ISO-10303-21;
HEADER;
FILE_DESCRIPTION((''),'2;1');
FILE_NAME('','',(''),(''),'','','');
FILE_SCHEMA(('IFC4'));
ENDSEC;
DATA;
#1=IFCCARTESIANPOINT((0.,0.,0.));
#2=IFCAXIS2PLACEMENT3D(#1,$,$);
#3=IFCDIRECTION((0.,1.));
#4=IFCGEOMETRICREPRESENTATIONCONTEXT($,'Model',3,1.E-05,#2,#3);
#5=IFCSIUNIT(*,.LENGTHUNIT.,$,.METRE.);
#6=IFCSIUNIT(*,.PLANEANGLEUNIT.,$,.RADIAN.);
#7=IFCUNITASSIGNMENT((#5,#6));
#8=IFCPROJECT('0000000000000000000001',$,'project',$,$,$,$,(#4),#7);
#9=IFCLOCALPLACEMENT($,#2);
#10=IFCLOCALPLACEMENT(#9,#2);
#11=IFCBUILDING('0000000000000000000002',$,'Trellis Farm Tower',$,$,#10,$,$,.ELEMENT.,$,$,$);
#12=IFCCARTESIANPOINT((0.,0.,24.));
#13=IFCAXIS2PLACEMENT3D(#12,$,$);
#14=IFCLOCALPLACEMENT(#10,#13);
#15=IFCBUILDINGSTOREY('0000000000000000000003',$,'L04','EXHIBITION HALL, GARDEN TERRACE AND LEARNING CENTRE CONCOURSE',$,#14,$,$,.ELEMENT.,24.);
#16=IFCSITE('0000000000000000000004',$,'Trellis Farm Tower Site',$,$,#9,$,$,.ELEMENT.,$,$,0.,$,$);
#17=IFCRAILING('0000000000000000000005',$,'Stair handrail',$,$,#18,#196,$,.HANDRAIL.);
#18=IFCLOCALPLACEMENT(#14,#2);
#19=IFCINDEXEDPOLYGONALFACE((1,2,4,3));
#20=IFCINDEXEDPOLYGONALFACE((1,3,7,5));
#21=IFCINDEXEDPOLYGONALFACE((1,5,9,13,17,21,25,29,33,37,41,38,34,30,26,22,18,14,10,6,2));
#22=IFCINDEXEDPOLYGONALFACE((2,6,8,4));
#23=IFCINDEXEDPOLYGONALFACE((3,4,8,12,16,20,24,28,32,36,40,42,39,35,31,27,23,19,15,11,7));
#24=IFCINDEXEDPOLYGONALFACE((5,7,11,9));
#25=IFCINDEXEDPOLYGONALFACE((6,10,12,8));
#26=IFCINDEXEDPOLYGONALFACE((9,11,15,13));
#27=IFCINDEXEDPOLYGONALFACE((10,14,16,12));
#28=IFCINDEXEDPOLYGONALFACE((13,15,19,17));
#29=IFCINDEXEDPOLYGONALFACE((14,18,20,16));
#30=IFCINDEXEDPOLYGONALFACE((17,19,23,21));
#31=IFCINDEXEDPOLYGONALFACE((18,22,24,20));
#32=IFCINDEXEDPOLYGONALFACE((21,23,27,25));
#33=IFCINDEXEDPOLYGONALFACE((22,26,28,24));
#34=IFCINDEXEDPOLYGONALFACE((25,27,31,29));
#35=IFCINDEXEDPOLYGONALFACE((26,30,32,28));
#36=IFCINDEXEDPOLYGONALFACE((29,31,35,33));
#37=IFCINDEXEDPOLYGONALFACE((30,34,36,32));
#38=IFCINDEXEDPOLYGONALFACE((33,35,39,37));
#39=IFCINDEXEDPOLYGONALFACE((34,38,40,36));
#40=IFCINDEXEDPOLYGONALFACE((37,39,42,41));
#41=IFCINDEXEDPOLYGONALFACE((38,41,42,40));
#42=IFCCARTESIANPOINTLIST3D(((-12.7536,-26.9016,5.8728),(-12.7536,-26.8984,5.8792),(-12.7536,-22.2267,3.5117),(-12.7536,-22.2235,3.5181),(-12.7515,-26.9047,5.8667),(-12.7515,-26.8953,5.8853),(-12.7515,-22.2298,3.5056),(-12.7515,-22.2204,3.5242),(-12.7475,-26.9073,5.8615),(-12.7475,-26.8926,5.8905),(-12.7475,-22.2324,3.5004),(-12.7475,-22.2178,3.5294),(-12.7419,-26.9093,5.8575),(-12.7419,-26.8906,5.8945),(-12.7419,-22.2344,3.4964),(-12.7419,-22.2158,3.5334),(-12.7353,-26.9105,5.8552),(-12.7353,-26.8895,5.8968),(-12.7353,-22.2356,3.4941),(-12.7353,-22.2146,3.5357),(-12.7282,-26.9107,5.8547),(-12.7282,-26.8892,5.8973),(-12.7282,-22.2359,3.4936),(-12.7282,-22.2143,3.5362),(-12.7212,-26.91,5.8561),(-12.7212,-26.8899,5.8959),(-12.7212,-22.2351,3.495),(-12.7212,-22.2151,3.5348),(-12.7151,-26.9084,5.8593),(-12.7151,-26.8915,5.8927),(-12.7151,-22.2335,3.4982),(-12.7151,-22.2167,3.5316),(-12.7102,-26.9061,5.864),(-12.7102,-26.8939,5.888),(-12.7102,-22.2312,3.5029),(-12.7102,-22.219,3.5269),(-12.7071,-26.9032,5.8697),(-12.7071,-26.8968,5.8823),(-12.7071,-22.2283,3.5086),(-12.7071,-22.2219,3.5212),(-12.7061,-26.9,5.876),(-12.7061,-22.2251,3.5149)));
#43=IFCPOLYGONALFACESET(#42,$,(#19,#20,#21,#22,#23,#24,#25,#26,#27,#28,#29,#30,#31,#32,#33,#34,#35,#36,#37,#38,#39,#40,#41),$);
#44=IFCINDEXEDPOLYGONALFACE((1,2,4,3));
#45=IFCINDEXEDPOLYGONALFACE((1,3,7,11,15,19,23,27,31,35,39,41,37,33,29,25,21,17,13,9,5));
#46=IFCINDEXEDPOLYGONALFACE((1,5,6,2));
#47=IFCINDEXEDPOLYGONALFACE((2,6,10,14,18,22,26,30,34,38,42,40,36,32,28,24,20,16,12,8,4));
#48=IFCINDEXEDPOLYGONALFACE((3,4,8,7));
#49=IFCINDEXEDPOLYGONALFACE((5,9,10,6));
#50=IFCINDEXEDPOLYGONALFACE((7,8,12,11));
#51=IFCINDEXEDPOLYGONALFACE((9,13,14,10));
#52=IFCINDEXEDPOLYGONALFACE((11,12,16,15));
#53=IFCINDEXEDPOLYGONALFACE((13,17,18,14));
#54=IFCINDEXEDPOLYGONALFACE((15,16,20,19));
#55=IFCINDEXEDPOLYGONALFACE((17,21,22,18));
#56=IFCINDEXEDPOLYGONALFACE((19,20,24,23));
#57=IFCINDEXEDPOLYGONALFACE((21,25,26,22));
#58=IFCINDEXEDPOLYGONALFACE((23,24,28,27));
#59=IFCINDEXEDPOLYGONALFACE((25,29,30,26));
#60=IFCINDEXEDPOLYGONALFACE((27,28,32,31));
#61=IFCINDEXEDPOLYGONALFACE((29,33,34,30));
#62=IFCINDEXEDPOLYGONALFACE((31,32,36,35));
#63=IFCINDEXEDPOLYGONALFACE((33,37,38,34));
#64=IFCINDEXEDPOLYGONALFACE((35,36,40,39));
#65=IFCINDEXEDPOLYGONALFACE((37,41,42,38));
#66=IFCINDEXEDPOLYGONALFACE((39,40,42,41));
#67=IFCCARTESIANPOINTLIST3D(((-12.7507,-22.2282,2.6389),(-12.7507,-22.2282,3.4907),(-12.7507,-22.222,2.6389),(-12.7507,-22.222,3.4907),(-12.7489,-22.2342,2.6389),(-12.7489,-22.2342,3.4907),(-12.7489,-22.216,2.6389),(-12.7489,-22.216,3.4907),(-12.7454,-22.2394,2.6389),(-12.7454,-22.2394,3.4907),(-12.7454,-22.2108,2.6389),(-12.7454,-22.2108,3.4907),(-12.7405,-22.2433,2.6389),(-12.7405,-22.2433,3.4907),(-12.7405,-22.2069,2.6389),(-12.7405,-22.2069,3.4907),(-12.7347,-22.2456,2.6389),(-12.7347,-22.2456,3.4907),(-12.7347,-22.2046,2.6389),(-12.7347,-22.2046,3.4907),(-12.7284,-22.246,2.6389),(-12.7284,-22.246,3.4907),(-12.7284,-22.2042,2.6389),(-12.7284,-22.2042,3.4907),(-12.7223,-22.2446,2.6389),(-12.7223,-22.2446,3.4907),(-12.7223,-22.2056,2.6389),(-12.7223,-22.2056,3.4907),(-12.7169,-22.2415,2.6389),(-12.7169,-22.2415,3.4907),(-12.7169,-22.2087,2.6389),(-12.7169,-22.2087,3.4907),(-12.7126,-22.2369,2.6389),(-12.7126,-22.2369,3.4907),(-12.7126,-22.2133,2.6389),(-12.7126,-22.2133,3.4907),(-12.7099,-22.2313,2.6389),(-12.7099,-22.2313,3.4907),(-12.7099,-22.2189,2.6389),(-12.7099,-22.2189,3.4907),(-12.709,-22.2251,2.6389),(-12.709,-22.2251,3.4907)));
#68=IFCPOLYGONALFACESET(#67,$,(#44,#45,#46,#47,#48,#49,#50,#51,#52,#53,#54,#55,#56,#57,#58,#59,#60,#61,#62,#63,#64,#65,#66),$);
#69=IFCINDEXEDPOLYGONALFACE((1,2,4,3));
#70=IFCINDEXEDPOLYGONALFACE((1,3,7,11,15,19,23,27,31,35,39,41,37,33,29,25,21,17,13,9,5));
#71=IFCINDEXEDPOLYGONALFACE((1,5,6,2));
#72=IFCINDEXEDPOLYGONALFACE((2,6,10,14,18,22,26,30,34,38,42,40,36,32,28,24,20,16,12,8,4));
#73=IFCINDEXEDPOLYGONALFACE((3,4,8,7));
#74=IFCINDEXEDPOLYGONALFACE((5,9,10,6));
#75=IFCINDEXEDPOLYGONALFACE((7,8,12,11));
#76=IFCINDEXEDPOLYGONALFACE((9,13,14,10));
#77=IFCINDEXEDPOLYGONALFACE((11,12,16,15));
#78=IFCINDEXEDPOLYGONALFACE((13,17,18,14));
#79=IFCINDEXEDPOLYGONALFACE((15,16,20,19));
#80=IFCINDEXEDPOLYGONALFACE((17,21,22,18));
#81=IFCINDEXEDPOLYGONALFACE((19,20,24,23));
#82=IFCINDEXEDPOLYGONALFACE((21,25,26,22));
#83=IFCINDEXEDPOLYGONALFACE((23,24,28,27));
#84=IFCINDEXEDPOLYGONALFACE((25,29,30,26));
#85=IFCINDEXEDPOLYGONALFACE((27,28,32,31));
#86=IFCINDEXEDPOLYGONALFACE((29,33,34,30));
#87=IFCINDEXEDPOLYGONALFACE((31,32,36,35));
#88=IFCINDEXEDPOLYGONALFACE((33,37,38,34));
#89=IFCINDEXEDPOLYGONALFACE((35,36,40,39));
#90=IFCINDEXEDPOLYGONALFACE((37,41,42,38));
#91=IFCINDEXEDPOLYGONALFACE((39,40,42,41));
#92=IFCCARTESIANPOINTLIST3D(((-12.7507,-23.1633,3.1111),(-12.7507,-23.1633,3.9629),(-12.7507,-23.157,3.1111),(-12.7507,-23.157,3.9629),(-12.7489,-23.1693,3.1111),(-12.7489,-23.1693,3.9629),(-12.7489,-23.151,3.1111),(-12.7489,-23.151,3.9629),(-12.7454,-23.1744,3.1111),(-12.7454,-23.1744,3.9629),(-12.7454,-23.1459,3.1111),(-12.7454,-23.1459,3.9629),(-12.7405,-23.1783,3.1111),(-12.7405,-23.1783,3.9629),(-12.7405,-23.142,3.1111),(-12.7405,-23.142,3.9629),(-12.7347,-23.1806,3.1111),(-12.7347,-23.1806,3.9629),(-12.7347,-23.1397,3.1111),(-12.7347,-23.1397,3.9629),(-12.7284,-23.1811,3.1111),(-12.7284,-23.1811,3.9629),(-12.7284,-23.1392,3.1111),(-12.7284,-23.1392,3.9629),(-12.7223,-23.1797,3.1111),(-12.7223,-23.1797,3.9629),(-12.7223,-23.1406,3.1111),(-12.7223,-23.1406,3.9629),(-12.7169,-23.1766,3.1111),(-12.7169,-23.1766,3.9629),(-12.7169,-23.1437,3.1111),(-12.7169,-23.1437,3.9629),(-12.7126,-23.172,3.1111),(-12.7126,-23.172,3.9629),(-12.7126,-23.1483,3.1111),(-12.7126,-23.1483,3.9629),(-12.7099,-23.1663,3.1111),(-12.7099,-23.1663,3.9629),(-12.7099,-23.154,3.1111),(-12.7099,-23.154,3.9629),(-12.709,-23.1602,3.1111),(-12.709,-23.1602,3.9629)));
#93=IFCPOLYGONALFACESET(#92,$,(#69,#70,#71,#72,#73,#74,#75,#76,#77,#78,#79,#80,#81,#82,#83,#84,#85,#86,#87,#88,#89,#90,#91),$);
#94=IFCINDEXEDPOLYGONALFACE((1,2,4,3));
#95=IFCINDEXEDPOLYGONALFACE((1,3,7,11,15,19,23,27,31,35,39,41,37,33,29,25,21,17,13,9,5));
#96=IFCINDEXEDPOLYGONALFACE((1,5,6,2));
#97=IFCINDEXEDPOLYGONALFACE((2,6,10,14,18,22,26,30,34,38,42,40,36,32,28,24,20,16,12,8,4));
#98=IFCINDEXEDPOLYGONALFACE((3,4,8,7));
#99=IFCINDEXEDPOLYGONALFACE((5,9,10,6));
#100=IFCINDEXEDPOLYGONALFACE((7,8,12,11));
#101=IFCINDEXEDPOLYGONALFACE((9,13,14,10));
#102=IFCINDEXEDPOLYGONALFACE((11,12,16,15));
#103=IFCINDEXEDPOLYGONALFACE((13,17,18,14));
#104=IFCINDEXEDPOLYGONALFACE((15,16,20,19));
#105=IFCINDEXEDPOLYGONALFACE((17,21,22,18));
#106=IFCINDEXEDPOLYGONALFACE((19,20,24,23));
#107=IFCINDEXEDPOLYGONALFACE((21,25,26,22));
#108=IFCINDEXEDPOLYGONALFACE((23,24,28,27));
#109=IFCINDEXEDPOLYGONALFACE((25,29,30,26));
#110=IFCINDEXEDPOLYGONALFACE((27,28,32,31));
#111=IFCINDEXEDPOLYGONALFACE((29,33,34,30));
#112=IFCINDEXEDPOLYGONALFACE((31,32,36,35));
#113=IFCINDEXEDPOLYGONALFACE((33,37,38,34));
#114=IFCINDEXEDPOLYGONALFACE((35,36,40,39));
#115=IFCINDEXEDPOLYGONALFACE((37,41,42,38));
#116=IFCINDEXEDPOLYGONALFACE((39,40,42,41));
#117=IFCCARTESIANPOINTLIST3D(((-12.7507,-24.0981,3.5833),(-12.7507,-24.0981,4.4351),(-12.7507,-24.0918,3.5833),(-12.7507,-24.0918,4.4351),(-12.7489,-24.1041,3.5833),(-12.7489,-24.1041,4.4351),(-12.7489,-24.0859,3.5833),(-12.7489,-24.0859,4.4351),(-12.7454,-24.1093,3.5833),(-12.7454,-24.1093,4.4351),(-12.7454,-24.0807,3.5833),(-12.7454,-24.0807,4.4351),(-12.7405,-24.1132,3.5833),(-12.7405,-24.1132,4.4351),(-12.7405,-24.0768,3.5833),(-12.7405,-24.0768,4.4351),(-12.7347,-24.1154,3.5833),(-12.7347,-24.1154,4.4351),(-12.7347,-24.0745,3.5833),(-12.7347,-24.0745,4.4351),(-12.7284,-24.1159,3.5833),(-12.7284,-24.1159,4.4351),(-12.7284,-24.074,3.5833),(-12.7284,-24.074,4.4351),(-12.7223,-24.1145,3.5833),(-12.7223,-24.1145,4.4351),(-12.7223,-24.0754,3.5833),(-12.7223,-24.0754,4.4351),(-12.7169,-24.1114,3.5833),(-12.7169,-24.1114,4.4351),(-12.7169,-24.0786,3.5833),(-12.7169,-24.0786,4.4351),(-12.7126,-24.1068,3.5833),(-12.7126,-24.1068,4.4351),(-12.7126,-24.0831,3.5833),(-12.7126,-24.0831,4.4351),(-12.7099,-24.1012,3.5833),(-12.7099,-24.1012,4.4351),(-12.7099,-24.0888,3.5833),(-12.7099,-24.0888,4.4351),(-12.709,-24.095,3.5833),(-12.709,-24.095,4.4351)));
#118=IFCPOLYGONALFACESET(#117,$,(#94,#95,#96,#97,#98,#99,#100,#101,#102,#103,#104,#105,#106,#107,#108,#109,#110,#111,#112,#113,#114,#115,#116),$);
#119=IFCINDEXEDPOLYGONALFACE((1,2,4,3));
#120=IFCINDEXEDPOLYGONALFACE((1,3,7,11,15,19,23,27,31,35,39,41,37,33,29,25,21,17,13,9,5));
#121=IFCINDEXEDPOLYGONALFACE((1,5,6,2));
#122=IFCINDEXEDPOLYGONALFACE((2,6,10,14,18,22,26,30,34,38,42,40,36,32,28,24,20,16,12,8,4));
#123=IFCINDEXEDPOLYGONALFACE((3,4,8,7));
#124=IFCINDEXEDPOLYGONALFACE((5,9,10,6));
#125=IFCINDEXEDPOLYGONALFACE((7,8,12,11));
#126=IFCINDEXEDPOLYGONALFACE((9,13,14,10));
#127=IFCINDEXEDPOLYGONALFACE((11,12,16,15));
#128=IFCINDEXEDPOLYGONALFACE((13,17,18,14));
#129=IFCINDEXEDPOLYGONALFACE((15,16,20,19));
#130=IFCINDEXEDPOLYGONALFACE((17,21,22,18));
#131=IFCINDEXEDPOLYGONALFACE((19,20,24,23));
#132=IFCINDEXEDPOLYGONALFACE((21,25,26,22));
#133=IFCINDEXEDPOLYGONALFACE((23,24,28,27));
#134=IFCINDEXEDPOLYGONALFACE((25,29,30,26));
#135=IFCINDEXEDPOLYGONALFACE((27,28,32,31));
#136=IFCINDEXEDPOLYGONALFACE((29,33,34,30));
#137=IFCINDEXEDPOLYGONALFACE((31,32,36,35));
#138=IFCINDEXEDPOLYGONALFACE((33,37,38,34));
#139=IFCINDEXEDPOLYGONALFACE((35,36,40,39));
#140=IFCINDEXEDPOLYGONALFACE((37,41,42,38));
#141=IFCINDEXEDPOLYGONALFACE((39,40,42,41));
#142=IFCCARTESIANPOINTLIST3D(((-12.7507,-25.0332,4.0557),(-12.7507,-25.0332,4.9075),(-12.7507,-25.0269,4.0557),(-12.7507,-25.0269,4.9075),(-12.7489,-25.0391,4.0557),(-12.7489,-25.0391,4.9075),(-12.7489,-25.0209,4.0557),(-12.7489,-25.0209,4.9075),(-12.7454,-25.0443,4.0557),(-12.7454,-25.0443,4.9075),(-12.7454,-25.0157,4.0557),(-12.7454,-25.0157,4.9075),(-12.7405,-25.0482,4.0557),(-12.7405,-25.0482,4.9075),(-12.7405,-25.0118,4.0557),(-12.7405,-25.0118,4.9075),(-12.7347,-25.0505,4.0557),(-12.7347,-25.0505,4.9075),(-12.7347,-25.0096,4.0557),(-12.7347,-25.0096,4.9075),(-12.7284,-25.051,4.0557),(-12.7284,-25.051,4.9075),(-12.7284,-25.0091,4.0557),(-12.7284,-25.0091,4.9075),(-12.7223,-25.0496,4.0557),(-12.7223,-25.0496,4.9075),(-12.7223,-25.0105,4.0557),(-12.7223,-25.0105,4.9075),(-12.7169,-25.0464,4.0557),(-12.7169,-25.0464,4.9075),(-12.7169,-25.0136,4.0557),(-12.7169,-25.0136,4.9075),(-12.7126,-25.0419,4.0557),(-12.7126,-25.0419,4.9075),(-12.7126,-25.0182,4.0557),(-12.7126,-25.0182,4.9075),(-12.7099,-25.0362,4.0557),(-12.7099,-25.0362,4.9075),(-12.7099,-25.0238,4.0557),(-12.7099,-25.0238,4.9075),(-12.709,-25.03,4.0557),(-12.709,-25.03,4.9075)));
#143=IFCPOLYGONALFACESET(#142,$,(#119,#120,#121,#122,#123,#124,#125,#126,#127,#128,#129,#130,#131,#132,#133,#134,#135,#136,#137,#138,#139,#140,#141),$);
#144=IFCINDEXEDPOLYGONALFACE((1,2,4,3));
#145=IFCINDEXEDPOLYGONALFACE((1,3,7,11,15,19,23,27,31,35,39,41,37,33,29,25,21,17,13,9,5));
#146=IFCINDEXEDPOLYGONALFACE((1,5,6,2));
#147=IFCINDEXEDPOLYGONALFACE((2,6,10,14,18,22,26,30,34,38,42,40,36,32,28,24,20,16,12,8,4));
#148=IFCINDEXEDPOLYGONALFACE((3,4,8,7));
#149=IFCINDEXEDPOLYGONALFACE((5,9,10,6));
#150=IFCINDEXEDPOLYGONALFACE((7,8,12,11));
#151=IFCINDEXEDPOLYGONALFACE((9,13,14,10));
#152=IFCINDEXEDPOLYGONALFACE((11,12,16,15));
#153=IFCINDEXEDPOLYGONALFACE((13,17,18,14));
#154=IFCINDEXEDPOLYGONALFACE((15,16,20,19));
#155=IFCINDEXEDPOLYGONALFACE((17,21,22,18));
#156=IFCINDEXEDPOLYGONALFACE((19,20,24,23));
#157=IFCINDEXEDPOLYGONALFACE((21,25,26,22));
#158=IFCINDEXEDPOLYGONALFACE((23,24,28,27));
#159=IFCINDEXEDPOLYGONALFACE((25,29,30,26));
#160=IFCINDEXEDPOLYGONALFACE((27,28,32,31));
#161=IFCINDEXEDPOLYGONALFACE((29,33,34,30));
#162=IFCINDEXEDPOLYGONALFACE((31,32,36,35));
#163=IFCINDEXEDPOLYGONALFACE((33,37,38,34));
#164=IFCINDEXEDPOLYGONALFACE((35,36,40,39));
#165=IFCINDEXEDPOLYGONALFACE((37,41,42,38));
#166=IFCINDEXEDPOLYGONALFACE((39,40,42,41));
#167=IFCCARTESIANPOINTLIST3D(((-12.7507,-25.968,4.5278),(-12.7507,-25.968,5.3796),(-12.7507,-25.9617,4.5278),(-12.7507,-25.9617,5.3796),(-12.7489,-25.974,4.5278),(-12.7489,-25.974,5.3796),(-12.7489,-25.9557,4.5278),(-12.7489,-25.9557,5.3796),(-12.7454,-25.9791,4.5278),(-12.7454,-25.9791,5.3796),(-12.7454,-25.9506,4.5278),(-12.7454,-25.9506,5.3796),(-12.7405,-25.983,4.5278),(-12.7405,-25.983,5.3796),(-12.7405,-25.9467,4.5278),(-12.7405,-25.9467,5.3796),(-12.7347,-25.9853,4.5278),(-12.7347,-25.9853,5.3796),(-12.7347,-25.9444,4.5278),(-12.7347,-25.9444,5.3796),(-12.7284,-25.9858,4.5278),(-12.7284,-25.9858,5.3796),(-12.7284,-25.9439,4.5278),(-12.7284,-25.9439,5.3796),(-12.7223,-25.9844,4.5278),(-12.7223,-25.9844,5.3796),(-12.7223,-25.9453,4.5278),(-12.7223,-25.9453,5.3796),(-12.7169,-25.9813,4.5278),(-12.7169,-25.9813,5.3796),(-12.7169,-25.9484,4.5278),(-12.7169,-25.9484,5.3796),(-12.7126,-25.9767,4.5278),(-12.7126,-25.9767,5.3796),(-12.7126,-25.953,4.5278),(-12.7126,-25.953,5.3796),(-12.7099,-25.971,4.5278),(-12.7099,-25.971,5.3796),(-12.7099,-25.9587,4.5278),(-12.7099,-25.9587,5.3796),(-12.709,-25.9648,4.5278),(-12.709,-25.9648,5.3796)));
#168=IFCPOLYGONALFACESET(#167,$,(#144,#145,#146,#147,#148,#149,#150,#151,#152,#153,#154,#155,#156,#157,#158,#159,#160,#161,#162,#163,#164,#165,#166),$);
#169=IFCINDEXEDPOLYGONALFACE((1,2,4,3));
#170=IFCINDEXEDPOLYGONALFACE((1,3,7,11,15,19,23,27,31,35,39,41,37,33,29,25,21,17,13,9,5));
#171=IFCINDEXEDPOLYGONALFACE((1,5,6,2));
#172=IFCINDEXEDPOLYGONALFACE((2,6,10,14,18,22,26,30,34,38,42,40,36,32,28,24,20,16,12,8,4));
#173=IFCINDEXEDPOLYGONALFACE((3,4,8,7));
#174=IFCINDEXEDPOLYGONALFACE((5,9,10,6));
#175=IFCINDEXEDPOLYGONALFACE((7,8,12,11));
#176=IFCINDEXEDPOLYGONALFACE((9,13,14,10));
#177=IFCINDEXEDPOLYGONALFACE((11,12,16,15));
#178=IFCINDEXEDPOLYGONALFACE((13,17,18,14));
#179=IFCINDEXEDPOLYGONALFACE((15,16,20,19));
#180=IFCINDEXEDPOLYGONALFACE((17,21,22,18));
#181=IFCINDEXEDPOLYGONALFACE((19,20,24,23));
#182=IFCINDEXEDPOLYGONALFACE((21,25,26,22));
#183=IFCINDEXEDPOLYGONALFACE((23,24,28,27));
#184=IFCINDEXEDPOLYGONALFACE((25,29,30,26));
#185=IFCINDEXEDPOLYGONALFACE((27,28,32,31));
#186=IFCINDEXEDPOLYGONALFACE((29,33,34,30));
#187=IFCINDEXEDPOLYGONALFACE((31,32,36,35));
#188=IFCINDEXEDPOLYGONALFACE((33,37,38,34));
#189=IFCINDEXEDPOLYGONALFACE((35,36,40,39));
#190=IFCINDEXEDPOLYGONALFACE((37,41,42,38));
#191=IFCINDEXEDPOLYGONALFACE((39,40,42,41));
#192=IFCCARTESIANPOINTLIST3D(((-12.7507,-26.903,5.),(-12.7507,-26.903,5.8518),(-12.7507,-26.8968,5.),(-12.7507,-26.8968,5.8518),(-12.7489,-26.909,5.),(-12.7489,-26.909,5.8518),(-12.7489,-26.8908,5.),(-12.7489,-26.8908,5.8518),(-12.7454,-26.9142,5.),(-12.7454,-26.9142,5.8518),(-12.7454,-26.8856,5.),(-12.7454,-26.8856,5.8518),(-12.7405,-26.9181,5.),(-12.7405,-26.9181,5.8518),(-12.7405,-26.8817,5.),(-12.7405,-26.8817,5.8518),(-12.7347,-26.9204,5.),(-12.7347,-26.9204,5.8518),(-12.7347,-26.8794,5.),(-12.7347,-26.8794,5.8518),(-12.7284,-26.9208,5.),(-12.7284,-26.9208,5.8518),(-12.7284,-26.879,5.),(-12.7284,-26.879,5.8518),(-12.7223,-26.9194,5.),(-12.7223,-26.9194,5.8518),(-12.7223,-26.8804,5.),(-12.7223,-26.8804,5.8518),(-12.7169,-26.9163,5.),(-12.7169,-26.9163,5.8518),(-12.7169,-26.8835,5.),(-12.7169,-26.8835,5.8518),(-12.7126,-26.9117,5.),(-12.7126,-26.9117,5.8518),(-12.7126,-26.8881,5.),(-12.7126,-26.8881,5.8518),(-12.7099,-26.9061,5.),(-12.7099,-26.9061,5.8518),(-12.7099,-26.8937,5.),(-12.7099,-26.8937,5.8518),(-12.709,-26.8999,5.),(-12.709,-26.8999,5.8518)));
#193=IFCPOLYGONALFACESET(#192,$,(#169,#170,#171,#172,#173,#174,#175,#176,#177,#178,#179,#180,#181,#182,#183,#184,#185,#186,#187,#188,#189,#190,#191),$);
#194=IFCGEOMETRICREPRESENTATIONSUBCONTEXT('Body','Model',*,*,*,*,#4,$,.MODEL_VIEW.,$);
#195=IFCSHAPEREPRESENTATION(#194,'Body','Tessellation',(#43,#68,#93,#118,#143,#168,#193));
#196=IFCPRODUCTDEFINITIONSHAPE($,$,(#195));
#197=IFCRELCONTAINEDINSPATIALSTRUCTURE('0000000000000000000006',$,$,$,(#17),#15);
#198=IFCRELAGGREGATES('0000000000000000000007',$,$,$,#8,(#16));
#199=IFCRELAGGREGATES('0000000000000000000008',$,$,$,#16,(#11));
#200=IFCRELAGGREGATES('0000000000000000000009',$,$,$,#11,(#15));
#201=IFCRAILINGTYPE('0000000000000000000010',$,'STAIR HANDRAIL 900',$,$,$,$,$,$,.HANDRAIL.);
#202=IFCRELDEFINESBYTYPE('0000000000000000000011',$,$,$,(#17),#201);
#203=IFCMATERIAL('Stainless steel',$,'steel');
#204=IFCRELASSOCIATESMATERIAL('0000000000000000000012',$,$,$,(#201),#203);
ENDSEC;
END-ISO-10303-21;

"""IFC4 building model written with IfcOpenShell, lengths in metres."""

from ifc_helpers import new_model, si_unit, direction, frame, origin, origin_2d, place, context, subcontext, project, spatial, circle, extrude, source, transform, mapped, material, type_object, element, save


model = new_model("IFC4")

# Units and contexts
model_context = context("Model", 3, precision=1e-05, world=origin(), true_north=direction((0.0, 1.0)))
body_context = subcontext(model_context, "Body", "Model", "MODEL_VIEW")
ifc_project = project(units=[si_unit("LENGTHUNIT", "METRE"), si_unit("PLANEANGLEUNIT", "RADIAN")], contexts=[model_context])

# Site, building, storey
site_placement = place(None, origin())
site = spatial("IfcSite", under=ifc_project, at=site_placement, Name="Trellis Farm Tower Site", CompositionType="ELEMENT", RefElevation=0.0)
building_placement = place(site_placement, origin())
building = spatial("IfcBuilding", under=site, at=building_placement, Name="Trellis Farm Tower", CompositionType="ELEMENT")
storey_placement = place(building_placement, frame((0.0, 0.0, 24.0)))
storey = spatial("IfcBuildingStorey", under=building, at=storey_placement, Name="L04", Description="EXHIBITION HALL, GARDEN TERRACE AND LEARNING CENTRE CONCOURSE", CompositionType="ELEMENT", Elevation=24.0)

# Railing
ifc_material_1 = material(Name="Stainless steel", Category="steel")
railing_type = type_object("IfcRailingType", Name="STAIR HANDRAIL 900", PredefinedType="HANDRAIL", material=ifc_material_1)
shared_shape_1 = source(origin(), body_context, "Body", "SweptSolid", [
    extrude(circle(Radius=0.0239, at=origin_2d()), frame((0.0, 0.0, 0.876), z_axis=(0.0, -0.892611, 0.450827), x_axis=(1.0, 0.0, 0.0)), (0.0, 0.0, 1.0), 5.2373),
    extrude(circle(Radius=0.021, at=origin_2d()), origin(), (0.0, 0.0, 1.0), 0.8518),
    extrude(circle(Radius=0.021, at=origin_2d()), frame((0.0, -0.9351, 0.4722)), (0.0, 0.0, 1.0), 0.8518),
    extrude(circle(Radius=0.021, at=origin_2d()), frame((0.0, -1.8699, 0.9443)), (0.0, 0.0, 1.0), 0.8518),
    extrude(circle(Radius=0.021, at=origin_2d()), frame((0.0, -2.8049, 1.4167)), (0.0, 0.0, 1.0), 0.8518),
    extrude(circle(Radius=0.021, at=origin_2d()), frame((0.0, -3.7397, 1.8889)), (0.0, 0.0, 1.0), 0.8518),
    extrude(circle(Radius=0.021, at=origin_2d()), frame((0.0, -4.6748, 2.3611)), (0.0, 0.0, 1.0), 0.8518),
])
for number, where, name in (
    (1, (-12.73, -22.2251, 2.6389), "Stair handrail"),
):
    element("IfcRailing", number, at=place(storey_placement, frame(where)), inside=storey, type_object=railing_type, Name=name, PredefinedType="HANDRAIL", context=body_context, shape_type="MappedRepresentation", body=[
        mapped(shared_shape_1, transform((0.0, 0.0, 0.0))),
    ])

save(model, "model.ifc")
